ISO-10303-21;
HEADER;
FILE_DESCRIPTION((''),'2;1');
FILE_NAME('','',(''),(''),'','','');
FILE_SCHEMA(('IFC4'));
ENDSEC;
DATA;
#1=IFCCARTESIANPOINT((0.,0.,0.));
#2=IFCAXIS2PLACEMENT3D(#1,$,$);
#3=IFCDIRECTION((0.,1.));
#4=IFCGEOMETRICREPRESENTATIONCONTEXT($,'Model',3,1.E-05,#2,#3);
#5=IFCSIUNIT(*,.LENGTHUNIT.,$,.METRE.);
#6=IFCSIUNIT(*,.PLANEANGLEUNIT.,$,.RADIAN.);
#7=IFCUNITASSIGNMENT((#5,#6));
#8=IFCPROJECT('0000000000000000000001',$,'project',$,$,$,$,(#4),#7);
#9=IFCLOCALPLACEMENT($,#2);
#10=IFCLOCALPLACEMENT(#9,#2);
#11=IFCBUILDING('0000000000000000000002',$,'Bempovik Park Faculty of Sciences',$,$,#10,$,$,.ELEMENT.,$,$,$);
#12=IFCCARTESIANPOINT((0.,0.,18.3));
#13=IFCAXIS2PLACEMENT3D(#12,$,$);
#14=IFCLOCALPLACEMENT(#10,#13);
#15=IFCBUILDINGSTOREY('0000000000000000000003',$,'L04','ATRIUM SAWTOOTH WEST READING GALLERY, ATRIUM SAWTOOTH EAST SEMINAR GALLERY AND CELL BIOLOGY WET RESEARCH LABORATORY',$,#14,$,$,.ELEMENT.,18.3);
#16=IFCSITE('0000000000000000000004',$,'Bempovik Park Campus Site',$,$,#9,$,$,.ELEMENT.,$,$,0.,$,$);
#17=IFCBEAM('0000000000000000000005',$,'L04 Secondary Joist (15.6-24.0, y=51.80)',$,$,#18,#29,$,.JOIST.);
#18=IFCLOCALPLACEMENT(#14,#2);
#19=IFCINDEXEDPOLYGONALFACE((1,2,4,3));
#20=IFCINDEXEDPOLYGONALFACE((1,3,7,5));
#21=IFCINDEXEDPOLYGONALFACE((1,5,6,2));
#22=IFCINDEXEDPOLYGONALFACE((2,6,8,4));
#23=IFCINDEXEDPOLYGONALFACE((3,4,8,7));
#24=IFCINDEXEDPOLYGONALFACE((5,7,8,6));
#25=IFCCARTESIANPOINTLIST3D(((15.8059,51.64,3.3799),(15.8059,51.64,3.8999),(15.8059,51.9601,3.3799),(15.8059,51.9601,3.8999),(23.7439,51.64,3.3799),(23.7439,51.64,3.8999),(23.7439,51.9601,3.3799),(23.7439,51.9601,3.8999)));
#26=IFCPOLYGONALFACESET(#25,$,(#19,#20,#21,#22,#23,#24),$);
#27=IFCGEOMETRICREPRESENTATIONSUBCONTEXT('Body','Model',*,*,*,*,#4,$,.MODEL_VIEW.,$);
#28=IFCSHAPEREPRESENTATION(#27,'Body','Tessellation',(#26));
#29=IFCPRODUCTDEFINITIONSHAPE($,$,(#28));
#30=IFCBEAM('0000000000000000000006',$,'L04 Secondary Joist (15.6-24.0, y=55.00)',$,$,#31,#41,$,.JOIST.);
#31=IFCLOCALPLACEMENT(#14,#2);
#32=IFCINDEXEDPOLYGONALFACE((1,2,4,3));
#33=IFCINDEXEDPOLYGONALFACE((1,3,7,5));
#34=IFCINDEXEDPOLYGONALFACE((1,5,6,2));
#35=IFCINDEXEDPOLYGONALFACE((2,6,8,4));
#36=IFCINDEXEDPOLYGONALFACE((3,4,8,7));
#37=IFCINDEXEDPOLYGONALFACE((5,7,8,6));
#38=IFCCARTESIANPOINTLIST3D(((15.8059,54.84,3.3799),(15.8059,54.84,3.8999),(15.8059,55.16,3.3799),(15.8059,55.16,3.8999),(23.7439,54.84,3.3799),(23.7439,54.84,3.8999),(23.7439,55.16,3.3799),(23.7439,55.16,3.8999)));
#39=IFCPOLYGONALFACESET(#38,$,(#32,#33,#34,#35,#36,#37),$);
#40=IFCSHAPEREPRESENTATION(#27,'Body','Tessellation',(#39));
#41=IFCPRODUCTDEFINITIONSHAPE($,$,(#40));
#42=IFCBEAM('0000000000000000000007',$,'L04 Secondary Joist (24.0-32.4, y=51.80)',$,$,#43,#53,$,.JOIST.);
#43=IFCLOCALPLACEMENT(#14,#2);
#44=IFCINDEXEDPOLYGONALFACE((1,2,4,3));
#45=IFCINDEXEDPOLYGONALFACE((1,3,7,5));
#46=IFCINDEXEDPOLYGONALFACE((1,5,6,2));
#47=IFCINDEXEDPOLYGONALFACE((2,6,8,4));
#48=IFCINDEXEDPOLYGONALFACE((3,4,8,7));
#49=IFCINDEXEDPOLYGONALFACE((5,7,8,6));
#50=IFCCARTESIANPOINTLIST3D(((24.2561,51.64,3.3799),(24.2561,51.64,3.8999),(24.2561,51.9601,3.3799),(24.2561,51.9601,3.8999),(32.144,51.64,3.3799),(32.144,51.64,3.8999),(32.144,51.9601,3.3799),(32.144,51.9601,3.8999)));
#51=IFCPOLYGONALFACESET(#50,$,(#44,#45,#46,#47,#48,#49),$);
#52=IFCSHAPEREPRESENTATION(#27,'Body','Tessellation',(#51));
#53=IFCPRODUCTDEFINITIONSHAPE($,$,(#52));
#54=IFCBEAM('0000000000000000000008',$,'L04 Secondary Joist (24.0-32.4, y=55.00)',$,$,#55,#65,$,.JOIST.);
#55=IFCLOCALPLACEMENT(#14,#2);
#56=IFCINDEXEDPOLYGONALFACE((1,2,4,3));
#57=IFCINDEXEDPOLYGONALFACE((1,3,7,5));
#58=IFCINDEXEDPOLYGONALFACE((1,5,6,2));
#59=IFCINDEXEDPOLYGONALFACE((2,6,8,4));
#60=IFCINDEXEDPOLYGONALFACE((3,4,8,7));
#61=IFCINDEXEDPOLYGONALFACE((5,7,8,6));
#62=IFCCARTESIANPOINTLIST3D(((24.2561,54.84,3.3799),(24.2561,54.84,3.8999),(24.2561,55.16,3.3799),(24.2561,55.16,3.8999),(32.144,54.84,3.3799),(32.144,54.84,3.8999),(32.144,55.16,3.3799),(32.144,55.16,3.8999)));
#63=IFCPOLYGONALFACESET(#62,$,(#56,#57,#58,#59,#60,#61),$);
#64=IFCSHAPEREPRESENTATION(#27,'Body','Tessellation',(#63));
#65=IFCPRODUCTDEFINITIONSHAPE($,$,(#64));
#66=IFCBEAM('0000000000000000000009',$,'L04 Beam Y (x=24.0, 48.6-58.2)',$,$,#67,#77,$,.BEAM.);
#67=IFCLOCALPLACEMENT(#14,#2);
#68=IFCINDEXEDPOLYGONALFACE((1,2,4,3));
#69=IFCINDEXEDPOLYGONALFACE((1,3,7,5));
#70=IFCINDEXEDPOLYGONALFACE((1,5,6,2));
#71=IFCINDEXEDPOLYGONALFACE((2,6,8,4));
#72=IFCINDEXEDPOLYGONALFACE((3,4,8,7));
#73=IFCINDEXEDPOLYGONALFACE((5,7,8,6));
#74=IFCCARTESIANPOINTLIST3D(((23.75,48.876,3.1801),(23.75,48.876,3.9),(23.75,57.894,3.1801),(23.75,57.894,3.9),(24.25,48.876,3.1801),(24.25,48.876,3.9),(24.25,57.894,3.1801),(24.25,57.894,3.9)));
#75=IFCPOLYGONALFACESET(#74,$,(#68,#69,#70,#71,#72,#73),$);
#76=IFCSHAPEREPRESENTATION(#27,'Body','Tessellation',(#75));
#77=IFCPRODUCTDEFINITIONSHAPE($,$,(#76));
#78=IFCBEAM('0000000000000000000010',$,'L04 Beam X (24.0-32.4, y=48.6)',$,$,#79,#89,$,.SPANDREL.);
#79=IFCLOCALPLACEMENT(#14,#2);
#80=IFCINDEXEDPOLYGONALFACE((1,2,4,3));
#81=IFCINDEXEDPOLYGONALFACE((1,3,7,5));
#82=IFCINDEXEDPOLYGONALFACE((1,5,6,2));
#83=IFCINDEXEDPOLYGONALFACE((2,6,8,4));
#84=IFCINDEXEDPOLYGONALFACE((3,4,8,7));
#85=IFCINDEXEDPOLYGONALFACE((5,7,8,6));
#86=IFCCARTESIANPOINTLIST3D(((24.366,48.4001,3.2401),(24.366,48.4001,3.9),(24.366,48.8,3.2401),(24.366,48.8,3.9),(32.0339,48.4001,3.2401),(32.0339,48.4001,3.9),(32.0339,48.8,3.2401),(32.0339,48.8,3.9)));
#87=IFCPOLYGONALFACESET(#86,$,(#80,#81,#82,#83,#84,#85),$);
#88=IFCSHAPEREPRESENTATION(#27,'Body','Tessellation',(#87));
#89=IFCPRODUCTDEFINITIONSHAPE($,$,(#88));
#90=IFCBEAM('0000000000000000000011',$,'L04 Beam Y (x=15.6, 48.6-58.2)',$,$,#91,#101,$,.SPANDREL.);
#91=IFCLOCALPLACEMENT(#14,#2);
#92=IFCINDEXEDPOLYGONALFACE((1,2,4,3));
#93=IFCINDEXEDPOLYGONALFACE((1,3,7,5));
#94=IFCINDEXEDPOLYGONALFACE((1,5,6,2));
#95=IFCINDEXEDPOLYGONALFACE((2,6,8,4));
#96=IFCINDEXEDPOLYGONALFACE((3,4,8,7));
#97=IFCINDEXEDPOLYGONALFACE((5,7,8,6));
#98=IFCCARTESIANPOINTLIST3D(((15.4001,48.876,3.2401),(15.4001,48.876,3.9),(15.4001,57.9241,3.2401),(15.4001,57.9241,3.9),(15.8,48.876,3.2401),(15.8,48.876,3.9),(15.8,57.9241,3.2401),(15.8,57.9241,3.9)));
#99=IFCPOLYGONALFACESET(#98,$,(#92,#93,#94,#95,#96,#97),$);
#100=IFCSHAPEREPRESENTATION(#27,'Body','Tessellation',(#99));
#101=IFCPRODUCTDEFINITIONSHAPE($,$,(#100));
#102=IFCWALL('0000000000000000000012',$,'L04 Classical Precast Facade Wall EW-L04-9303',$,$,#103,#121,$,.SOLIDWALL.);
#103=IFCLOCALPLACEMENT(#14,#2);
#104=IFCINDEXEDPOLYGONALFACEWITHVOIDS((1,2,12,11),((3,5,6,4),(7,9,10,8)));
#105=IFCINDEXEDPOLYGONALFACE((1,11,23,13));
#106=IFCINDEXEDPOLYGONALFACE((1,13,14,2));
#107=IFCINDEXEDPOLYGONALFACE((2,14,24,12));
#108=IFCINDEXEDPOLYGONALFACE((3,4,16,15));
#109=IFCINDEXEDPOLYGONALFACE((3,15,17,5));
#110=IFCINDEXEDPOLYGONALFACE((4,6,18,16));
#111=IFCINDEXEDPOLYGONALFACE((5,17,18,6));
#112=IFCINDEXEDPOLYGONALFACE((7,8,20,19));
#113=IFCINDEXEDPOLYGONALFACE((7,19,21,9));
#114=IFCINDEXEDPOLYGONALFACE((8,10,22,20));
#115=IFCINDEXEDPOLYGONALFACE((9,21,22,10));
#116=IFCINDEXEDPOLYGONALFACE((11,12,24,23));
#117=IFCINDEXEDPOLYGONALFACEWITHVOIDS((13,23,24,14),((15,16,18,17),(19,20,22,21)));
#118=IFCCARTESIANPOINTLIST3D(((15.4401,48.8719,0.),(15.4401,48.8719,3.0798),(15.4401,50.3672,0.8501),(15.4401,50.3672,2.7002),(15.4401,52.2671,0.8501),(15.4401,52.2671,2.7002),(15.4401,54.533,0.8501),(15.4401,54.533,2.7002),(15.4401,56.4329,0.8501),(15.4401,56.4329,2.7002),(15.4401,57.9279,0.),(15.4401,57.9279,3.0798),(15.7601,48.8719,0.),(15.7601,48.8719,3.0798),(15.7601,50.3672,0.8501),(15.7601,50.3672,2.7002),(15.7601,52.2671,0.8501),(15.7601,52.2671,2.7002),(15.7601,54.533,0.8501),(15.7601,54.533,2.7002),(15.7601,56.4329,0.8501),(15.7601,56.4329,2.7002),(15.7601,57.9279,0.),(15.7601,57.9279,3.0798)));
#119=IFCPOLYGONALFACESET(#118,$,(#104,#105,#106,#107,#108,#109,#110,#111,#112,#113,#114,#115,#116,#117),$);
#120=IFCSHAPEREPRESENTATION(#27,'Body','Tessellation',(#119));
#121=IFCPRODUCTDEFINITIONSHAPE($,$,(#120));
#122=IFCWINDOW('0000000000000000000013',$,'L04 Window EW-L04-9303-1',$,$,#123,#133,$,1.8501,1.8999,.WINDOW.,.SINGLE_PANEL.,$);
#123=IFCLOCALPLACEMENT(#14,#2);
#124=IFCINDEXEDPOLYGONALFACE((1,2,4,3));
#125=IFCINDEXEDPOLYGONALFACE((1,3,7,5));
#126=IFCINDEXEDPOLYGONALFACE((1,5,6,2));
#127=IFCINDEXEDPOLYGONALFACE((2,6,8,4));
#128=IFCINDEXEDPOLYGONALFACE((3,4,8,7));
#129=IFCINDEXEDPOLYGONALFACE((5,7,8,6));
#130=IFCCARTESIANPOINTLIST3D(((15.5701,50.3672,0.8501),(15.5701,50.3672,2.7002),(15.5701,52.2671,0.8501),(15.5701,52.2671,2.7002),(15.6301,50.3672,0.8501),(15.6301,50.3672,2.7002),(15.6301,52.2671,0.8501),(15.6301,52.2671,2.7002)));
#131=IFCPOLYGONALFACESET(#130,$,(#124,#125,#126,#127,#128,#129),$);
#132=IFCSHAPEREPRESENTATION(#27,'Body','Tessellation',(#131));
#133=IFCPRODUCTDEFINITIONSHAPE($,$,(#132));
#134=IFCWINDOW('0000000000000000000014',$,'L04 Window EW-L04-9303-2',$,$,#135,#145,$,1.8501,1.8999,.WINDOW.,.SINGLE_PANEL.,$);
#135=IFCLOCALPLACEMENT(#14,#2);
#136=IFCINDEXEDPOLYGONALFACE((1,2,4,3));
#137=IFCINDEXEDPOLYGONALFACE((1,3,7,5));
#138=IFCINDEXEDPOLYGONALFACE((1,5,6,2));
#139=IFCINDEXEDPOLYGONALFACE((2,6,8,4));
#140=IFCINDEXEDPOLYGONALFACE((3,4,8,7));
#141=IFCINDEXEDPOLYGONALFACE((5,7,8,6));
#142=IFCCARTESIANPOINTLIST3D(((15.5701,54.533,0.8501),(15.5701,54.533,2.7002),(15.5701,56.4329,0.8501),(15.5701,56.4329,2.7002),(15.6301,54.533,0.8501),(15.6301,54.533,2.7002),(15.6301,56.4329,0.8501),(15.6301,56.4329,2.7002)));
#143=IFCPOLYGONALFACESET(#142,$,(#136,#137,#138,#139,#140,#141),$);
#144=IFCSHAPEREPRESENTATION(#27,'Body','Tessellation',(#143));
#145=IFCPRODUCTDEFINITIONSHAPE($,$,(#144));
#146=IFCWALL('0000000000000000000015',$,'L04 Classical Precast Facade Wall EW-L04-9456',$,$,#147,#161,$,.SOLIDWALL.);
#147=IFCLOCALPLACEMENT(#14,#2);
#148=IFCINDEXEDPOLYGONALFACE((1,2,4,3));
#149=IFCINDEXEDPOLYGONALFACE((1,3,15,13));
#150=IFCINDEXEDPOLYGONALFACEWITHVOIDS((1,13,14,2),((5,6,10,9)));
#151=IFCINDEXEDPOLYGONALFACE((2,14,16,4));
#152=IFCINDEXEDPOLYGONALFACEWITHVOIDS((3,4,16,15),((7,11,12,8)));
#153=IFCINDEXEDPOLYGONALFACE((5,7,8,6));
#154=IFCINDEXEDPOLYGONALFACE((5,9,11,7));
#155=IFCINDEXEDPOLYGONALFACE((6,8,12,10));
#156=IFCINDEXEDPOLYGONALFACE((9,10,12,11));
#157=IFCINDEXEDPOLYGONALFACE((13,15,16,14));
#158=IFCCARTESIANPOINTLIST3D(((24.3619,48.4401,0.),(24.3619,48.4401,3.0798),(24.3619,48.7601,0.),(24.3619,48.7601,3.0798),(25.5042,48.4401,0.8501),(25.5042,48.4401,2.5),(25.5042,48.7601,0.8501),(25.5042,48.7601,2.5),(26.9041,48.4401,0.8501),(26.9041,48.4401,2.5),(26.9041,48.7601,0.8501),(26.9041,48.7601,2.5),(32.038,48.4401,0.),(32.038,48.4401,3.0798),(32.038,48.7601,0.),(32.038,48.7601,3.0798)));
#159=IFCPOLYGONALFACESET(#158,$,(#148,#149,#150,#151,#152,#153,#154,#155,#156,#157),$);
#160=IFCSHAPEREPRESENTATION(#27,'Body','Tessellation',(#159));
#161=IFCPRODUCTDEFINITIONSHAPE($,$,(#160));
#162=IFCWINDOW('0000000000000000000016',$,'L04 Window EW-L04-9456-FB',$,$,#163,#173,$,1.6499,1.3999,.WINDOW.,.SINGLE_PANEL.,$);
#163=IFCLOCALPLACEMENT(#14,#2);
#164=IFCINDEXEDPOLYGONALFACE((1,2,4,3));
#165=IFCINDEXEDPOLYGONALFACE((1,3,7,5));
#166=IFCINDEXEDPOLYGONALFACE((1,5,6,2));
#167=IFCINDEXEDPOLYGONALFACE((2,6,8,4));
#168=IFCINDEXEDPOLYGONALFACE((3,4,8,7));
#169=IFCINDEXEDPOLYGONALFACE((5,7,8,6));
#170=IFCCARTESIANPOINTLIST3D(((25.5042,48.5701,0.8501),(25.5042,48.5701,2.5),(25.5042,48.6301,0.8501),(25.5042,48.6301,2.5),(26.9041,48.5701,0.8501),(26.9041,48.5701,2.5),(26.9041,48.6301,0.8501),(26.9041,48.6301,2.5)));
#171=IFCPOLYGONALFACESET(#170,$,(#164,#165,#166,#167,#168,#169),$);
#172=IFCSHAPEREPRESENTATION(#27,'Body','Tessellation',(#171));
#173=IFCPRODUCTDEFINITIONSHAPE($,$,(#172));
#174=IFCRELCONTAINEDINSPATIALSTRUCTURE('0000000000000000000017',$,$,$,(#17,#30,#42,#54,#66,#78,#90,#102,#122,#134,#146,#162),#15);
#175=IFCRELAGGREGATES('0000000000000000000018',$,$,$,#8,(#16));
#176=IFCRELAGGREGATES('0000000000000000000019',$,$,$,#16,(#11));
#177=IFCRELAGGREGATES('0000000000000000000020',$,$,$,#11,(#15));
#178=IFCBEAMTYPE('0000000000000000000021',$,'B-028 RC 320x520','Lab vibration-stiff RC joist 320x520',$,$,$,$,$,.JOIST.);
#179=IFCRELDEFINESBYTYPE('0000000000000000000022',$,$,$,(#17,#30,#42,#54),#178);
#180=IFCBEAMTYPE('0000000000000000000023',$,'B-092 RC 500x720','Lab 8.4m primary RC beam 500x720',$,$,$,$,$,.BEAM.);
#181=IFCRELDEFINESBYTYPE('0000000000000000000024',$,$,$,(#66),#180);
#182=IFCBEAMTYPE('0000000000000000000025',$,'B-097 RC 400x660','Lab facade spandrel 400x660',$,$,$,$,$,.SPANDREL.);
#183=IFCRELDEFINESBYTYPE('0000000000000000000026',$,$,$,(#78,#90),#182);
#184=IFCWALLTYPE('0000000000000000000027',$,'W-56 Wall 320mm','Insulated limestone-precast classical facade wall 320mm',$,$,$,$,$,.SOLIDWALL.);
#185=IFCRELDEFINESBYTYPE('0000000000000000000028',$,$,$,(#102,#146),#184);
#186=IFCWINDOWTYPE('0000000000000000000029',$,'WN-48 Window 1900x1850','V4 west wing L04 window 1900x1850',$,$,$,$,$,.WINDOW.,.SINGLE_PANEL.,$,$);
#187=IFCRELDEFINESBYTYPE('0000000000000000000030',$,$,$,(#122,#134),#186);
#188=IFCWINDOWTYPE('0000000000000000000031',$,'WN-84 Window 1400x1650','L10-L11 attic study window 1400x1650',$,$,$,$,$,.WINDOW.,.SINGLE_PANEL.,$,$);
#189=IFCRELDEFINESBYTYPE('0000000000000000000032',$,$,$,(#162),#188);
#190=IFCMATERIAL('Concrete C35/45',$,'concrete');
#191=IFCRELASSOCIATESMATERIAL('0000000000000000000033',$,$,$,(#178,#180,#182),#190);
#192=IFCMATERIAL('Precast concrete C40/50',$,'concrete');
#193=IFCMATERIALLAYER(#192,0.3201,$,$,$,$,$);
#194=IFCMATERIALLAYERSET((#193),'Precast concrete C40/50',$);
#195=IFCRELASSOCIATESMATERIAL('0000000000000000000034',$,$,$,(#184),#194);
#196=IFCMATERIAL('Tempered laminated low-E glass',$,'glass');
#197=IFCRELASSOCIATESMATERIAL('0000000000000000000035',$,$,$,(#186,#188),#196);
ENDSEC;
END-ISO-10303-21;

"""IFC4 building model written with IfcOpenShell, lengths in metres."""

from ifc_helpers import new_model, si_unit, direction, frame, frame_2d, origin, origin_2d, place, context, subcontext, project, spatial, rectangle, extrude, material, layer, layer_set, material_profile, profile_set, type_object, element, fill, save


model = new_model("IFC4")

# Units and contexts
model_context = context("Model", 3, precision=1e-05, world=origin(), true_north=direction((0.0, 1.0)))
body_context = subcontext(model_context, "Body", "Model", "MODEL_VIEW")
ifc_project = project(units=[si_unit("LENGTHUNIT", "METRE"), si_unit("PLANEANGLEUNIT", "RADIAN")], contexts=[model_context])

# Site, building, storey
site_placement = place(None, origin())
site = spatial("IfcSite", under=ifc_project, at=site_placement, Name="Bempovik Park Campus Site", CompositionType="ELEMENT", RefElevation=0.0)
building_placement = place(site_placement, origin())
building = spatial("IfcBuilding", under=site, at=building_placement, Name="Bempovik Park Faculty of Sciences", CompositionType="ELEMENT")
storey_placement = place(building_placement, frame((0.0, 0.0, 18.3)))
storey = spatial("IfcBuildingStorey", under=building, at=storey_placement, Name="L04", Description="ATRIUM SAWTOOTH WEST READING GALLERY, ATRIUM SAWTOOTH EAST SEMINAR GALLERY AND CELL BIOLOGY WET RESEARCH LABORATORY", CompositionType="ELEMENT", Elevation=18.3)

# Beams
ifc_material_1 = material(Name="Concrete C35/45", Category="concrete")
ifc_material_profile_1 = material_profile(ifc_material_1, rectangle(XDim=0.3201, YDim=0.52, at=origin_2d()), Name="RC 320x520")
ifc_profile_set_1 = profile_set([ifc_material_profile_1], Name="Concrete C35/45")
beam_type_1 = type_object("IfcBeamType", Name="B-028 RC 320x520", Description="Lab vibration-stiff RC joist 320x520", PredefinedType="JOIST", material=ifc_profile_set_1)
for number, where, z_axis, x_axis, name in (
    (1, (15.8059, 51.8, 3.6399), (1.0, 0.0, 0.0), (0.0, 1.0, 0.0), "L04 Secondary Joist (15.6-24.0, y=51.80)"),
    (2, (15.8059, 55.0, 3.6399), (1.0, 0.0, 0.0), (0.0, 1.0, 0.0), "L04 Secondary Joist (15.6-24.0, y=55.00)"),
):
    element("IfcBeam", number, at=place(storey_placement, frame(where, z_axis=z_axis, x_axis=x_axis)), inside=storey, type_object=beam_type_1, Name=name, PredefinedType="JOIST", context=body_context, shape_type="SweptSolid", body=[
        extrude(rectangle(XDim=0.3201, YDim=0.52, at=origin_2d()), origin(), (0.0, 0.0, 1.0), 7.938),
    ])
for number, where, z_axis, x_axis, name in (
    (3, (24.2561, 51.8, 3.6399), (1.0, 0.0, 0.0), (0.0, 1.0, 0.0), "L04 Secondary Joist (24.0-32.4, y=51.80)"),
    (4, (24.2561, 55.0, 3.6399), (1.0, 0.0, 0.0), (0.0, 1.0, 0.0), "L04 Secondary Joist (24.0-32.4, y=55.00)"),
):
    element("IfcBeam", number, at=place(storey_placement, frame(where, z_axis=z_axis, x_axis=x_axis)), inside=storey, type_object=beam_type_1, Name=name, PredefinedType="JOIST", context=body_context, shape_type="SweptSolid", body=[
        extrude(rectangle(XDim=0.3201, YDim=0.52, at=origin_2d()), origin(), (0.0, 0.0, 1.0), 7.8879),
    ])
ifc_material_profile_2 = material_profile(ifc_material_1, rectangle(XDim=0.5, YDim=0.72, at=origin_2d()), Name="RC 500x720")
ifc_profile_set_2 = profile_set([ifc_material_profile_2], Name="Concrete C35/45")
beam_type_2 = type_object("IfcBeamType", Name="B-092 RC 500x720", Description="Lab 8.4m primary RC beam 500x720", PredefinedType="BEAM", material=ifc_profile_set_2)
beam_1_placement = place(storey_placement, frame((24.0, 48.876, 3.54), z_axis=(0.0, 1.0, 0.0), x_axis=(-1.0, 0.0, 0.0)))
element("IfcBeam", 5, at=beam_1_placement, inside=storey, type_object=beam_type_2, Name="L04 Beam Y (x=24.0, 48.6-58.2)", PredefinedType="BEAM", context=body_context, shape_type="SweptSolid", body=[
    extrude(rectangle(XDim=0.5, YDim=0.72, at=origin_2d()), origin(), (0.0, 0.0, 1.0), 9.0181),
])
ifc_material_profile_3 = material_profile(ifc_material_1, rectangle(XDim=0.3999, YDim=0.6599, at=origin_2d()), Name="RC 400x660")
ifc_profile_set_3 = profile_set([ifc_material_profile_3], Name="Concrete C35/45")
beam_type_3 = type_object("IfcBeamType", Name="B-097 RC 400x660", Description="Lab facade spandrel 400x660", PredefinedType="SPANDREL", material=ifc_profile_set_3)
beam_2_placement = place(storey_placement, frame((24.366, 48.6001, 3.5701), z_axis=(1.0, 0.0, 0.0), x_axis=(0.0, 1.0, 0.0)))
element("IfcBeam", 6, at=beam_2_placement, inside=storey, type_object=beam_type_3, Name="L04 Beam X (24.0-32.4, y=48.6)", PredefinedType="SPANDREL", context=body_context, shape_type="SweptSolid", body=[
    extrude(rectangle(XDim=0.3999, YDim=0.6599, at=origin_2d()), origin(), (0.0, 0.0, 1.0), 7.668),
])
beam_3_placement = place(storey_placement, frame((15.6001, 48.876, 3.5701), z_axis=(0.0, 1.0, 0.0), x_axis=(-1.0, 0.0, 0.0)))
element("IfcBeam", 7, at=beam_3_placement, inside=storey, type_object=beam_type_3, Name="L04 Beam Y (x=15.6, 48.6-58.2)", PredefinedType="SPANDREL", context=body_context, shape_type="SweptSolid", body=[
    extrude(rectangle(XDim=0.3999, YDim=0.6599, at=origin_2d()), origin(), (0.0, 0.0, 1.0), 9.0481),
])

# Wall, openings, windows
ifc_material_2 = material(Name="Precast concrete C40/50", Category="concrete")
ifc_layer_1 = layer(ifc_material_2, 0.3201)
ifc_layer_set_1 = layer_set([ifc_layer_1], Name="Precast concrete C40/50")
wall_type_1 = type_object("IfcWallType", Name="W-56 Wall 320mm", Description="Insulated limestone-precast classical facade wall 320mm", PredefinedType="SOLIDWALL", material=ifc_layer_set_1)
wall_1_placement = place(storey_placement, frame((15.6001, 48.8721, 0.0), z_axis=(0.0, 0.0, 1.0), x_axis=(0.0, 1.0, 0.0)))
wall_1 = element("IfcWall", 8, at=wall_1_placement, inside=storey, type_object=wall_type_1, Name="L04 Classical Precast Facade Wall EW-L04-9303", PredefinedType="SOLIDWALL", context=body_context, shape_type="SweptSolid", body=[
    extrude(rectangle(XDim=9.0559, YDim=0.3201, at=frame_2d((4.5278, 0.0))), origin(), (0.0, 0.0, 1.0), 3.0798),
])
opening_1_placement = place(wall_1_placement, frame((1.4951, 0.0, 0.8501)))
opening_1 = element("IfcOpeningElement", 9, at=opening_1_placement, cuts=wall_1, PredefinedType="OPENING", context=body_context, shape_type="SweptSolid", body=[
    extrude(rectangle(XDim=1.8999, YDim=1.8501, at=frame_2d((0.95, 0.925))), frame((0.0, 0.1699, 0.0), z_axis=(0.0, -1.0, 0.0), x_axis=(1.0, 0.0, 0.0)), (0.0, 0.0, 1.0), 0.3401),
])
opening_2_placement = place(wall_1_placement, frame((5.6609, 0.0, 0.8501)))
opening_2 = element("IfcOpeningElement", 10, at=opening_2_placement, cuts=wall_1, PredefinedType="OPENING", context=body_context, shape_type="SweptSolid", body=[
    extrude(rectangle(XDim=1.8999, YDim=1.8501, at=frame_2d((0.95, 0.925))), frame((0.0, 0.1699, 0.0), z_axis=(0.0, -1.0, 0.0), x_axis=(1.0, 0.0, 0.0)), (0.0, 0.0, 1.0), 0.3401),
])
ifc_material_3 = material(Name="Tempered laminated low-E glass", Category="glass")
window_type_1 = type_object("IfcWindowType", Name="WN-48 Window 1900x1850", Description="V4 west wing L04 window 1900x1850", PartitioningType="SINGLE_PANEL", PredefinedType="WINDOW", material=ifc_material_3)
window_1_placement = place(opening_1_placement, origin())
window_1 = element("IfcWindow", 11, at=window_1_placement, inside=storey, type_object=window_type_1, Name="L04 Window EW-L04-9303-1", OverallHeight=1.8501, OverallWidth=1.8999, PartitioningType="SINGLE_PANEL", PredefinedType="WINDOW", context=body_context, shape_type="SweptSolid", body=[
    extrude(rectangle(XDim=1.8999, YDim=1.8501, at=frame_2d((0.95, 0.925))), frame((0.0, 0.03, 0.0), z_axis=(0.0, -1.0, 0.0), x_axis=(1.0, 0.0, 0.0)), (0.0, 0.0, 1.0), 0.0601),
])
fill(opening_1, window_1)
window_2_placement = place(opening_2_placement, origin())
window_2 = element("IfcWindow", 12, at=window_2_placement, inside=storey, type_object=window_type_1, Name="L04 Window EW-L04-9303-2", OverallHeight=1.8501, OverallWidth=1.8999, PartitioningType="SINGLE_PANEL", PredefinedType="WINDOW", context=body_context, shape_type="SweptSolid", body=[
    extrude(rectangle(XDim=1.8999, YDim=1.8501, at=frame_2d((0.95, 0.925))), frame((0.0, 0.03, 0.0), z_axis=(0.0, -1.0, 0.0), x_axis=(1.0, 0.0, 0.0)), (0.0, 0.0, 1.0), 0.0601),
])
fill(opening_2, window_2)

# Wall, opening, window
wall_2_placement = place(storey_placement, frame((24.3621, 48.6001, 0.0), z_axis=(0.0, 0.0, 1.0), x_axis=(1.0, 0.0, 0.0)))
wall_2 = element("IfcWall", 13, at=wall_2_placement, inside=storey, type_object=wall_type_1, Name="L04 Classical Precast Facade Wall EW-L04-9456", PredefinedType="SOLIDWALL", context=body_context, shape_type="SweptSolid", body=[
    extrude(rectangle(XDim=7.676, YDim=0.3201, at=frame_2d((3.8379, 0.0))), origin(), (0.0, 0.0, 1.0), 3.0798),
])
opening_3_placement = place(wall_2_placement, frame((1.1421, 0.0, 0.8501)))
opening_3 = element("IfcOpeningElement", 14, at=opening_3_placement, cuts=wall_2, PredefinedType="OPENING", context=body_context, shape_type="SweptSolid", body=[
    extrude(rectangle(XDim=1.3999, YDim=1.6499, at=frame_2d((0.7, 0.825))), frame((0.0, 0.1699, 0.0), z_axis=(0.0, -1.0, 0.0), x_axis=(1.0, 0.0, 0.0)), (0.0, 0.0, 1.0), 0.3401),
])
window_type_2 = type_object("IfcWindowType", Name="WN-84 Window 1400x1650", Description="L10-L11 attic study window 1400x1650", PartitioningType="SINGLE_PANEL", PredefinedType="WINDOW", material=ifc_material_3)
window_3_placement = place(opening_3_placement, origin())
window_3 = element("IfcWindow", 15, at=window_3_placement, inside=storey, type_object=window_type_2, Name="L04 Window EW-L04-9456-FB", OverallHeight=1.6499, OverallWidth=1.3999, PartitioningType="SINGLE_PANEL", PredefinedType="WINDOW", context=body_context, shape_type="SweptSolid", body=[
    extrude(rectangle(XDim=1.3999, YDim=1.6499, at=frame_2d((0.7, 0.825))), frame((0.0, 0.03, 0.0), z_axis=(0.0, -1.0, 0.0), x_axis=(1.0, 0.0, 0.0)), (0.0, 0.0, 1.0), 0.0601),
])
fill(opening_3, window_3)

save(model, "model.ifc")
